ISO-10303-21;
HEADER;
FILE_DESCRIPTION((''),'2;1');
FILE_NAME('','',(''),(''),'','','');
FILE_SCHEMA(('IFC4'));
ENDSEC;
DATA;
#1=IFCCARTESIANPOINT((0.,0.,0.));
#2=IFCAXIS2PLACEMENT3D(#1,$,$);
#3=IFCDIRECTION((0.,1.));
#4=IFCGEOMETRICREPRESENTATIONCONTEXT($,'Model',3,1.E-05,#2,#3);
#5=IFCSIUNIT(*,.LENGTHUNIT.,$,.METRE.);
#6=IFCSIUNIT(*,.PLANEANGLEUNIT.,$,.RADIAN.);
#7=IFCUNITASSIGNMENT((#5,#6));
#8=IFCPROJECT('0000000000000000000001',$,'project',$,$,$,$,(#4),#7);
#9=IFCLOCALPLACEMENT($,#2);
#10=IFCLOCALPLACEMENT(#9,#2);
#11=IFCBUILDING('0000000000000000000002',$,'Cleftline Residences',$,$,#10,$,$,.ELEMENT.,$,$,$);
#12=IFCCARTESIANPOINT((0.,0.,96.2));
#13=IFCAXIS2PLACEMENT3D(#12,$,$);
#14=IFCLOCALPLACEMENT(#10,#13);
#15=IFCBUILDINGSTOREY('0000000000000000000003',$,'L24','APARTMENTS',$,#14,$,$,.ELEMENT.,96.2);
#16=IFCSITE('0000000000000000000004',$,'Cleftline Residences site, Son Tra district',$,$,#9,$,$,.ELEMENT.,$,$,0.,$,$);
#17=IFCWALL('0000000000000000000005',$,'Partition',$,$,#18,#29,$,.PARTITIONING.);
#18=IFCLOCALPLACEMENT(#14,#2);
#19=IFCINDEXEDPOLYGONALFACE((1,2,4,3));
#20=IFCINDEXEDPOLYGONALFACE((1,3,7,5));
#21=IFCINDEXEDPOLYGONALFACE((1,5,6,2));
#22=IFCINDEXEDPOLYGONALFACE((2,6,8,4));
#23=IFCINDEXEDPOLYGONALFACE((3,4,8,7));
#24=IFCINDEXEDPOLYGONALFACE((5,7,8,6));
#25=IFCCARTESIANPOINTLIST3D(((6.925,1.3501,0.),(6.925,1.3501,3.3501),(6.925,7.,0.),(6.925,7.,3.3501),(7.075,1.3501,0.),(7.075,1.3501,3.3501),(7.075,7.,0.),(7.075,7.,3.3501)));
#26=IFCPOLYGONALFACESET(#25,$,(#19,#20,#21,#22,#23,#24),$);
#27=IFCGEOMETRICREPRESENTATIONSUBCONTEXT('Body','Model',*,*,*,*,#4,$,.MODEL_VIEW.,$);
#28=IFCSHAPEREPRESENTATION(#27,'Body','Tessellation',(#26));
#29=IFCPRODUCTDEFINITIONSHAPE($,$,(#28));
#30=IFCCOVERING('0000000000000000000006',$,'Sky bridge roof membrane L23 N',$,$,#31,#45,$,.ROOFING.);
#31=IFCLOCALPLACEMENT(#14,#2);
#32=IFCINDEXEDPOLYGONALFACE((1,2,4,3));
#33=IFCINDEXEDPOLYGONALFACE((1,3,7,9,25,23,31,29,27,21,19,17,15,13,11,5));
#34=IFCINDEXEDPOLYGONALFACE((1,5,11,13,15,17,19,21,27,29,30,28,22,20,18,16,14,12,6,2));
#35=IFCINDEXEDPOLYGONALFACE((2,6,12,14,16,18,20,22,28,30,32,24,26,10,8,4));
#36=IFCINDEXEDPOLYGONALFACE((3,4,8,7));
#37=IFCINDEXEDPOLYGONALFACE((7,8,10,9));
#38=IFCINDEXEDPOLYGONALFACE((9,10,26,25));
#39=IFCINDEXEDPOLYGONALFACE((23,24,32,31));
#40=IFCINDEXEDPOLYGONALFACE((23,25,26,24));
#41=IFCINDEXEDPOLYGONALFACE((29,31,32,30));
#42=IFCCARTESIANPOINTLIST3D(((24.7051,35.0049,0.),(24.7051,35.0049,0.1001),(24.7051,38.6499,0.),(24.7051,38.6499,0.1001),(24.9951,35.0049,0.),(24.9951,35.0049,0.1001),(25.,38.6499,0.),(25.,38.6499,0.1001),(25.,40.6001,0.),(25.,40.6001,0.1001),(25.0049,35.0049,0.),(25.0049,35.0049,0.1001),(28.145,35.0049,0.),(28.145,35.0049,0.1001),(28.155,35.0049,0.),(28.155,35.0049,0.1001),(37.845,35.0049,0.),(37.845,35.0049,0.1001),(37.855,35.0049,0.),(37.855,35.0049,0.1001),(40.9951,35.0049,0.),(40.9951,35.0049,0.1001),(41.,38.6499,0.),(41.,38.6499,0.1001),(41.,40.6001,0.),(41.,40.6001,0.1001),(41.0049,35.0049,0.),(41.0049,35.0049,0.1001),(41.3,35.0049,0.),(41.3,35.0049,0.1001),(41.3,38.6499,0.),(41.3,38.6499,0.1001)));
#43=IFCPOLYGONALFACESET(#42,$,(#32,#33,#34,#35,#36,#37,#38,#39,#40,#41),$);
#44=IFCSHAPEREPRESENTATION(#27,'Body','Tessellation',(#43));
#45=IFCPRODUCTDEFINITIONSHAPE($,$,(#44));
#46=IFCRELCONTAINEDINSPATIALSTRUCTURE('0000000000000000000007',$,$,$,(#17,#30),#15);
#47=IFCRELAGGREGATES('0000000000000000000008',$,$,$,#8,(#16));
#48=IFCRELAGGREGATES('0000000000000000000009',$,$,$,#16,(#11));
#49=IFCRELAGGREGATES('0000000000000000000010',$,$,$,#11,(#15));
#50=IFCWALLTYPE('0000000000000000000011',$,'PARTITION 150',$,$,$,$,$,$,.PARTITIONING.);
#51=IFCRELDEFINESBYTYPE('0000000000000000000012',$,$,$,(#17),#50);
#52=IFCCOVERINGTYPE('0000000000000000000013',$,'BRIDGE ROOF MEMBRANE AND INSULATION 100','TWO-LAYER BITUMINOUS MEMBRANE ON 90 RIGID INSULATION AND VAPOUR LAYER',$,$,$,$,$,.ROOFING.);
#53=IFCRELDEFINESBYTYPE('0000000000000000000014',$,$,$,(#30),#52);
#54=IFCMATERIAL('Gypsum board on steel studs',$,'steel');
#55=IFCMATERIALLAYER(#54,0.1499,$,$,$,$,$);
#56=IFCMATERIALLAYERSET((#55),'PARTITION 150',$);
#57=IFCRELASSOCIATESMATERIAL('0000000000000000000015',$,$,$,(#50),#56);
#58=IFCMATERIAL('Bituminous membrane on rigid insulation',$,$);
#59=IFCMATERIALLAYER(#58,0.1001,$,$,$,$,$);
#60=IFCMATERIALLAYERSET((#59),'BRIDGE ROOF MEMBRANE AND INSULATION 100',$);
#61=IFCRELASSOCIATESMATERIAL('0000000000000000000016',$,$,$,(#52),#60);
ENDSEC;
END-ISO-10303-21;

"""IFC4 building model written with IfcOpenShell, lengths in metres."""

from ifc_helpers import new_model, si_unit, direction, frame, frame_2d, origin, place, context, subcontext, project, spatial, polyline, rectangle, outline, extrude, material, layer, layer_set, type_object, element, save


model = new_model("IFC4")

# Units and contexts
model_context = context("Model", 3, precision=1e-05, world=origin(), true_north=direction((0.0, 1.0)))
body_context = subcontext(model_context, "Body", "Model", "MODEL_VIEW")
ifc_project = project(units=[si_unit("LENGTHUNIT", "METRE"), si_unit("PLANEANGLEUNIT", "RADIAN")], contexts=[model_context])

# Site, building, storey
site_placement = place(None, origin())
site = spatial("IfcSite", under=ifc_project, at=site_placement, Name="Cleftline Residences site, Son Tra district", CompositionType="ELEMENT", RefElevation=0.0)
building_placement = place(site_placement, origin())
building = spatial("IfcBuilding", under=site, at=building_placement, Name="Cleftline Residences", CompositionType="ELEMENT")
storey_placement = place(building_placement, frame((0.0, 0.0, 96.2)))
storey = spatial("IfcBuildingStorey", under=building, at=storey_placement, Name="L24", Description="APARTMENTS", CompositionType="ELEMENT", Elevation=96.2)

# Wall
ifc_material_1 = material(Name="Gypsum board on steel studs", Category="steel")
ifc_layer_1 = layer(ifc_material_1, 0.1499)
ifc_layer_set_1 = layer_set([ifc_layer_1], Name="PARTITION 150")
wall_type_1 = type_object("IfcWallType", Name="PARTITION 150", PredefinedType="PARTITIONING", material=ifc_layer_set_1)
wall_1_placement = place(storey_placement, frame((7.0, 1.3501, 0.0), z_axis=(0.0, 0.0, 1.0), x_axis=(0.0, 1.0, 0.0)))
element("IfcWall", 1, at=wall_1_placement, inside=storey, type_object=wall_type_1, Name="Partition", PredefinedType="PARTITIONING", context=body_context, shape_type="SweptSolid", body=[
    extrude(rectangle(XDim=5.6499, YDim=0.1499, at=frame_2d((2.825, 0.0))), origin(), (0.0, 0.0, 1.0), 3.3501),
])

# Covering
ifc_material_2 = material(Name="Bituminous membrane on rigid insulation")
ifc_layer_2 = layer(ifc_material_2, 0.1001)
ifc_layer_set_2 = layer_set([ifc_layer_2], Name="BRIDGE ROOF MEMBRANE AND INSULATION 100")
covering_type = type_object("IfcCoveringType", Name="BRIDGE ROOF MEMBRANE AND INSULATION 100", Description="TWO-LAYER BITUMINOUS MEMBRANE ON 90 RIGID INSULATION AND VAPOUR LAYER", PredefinedType="ROOFING", material=ifc_layer_set_2)
covering_placement = place(storey_placement, origin())
element("IfcCovering", 2, at=covering_placement, inside=storey, type_object=covering_type, Name="Sky bridge roof membrane L23 N", PredefinedType="ROOFING", context=body_context, shape_type="SweptSolid", body=[
    extrude(outline(polyline([(25.0, 40.6001), (25.0, 38.6499), (24.7051, 38.6499), (24.7051, 35.0049), (24.9951, 35.0049), (25.0049, 35.0049), (28.145, 35.0049), (28.155, 35.0049), (37.845, 35.0049), (37.855, 35.0049), (40.9951, 35.0049), (41.0049, 35.0049), (41.3, 35.0049), (41.3, 38.6499), (41.0, 38.6499), (41.0, 40.6001), (25.0, 40.6001)])), origin(), (0.0, 0.0, 1.0), 0.1001),
])

save(model, "model.ifc")
